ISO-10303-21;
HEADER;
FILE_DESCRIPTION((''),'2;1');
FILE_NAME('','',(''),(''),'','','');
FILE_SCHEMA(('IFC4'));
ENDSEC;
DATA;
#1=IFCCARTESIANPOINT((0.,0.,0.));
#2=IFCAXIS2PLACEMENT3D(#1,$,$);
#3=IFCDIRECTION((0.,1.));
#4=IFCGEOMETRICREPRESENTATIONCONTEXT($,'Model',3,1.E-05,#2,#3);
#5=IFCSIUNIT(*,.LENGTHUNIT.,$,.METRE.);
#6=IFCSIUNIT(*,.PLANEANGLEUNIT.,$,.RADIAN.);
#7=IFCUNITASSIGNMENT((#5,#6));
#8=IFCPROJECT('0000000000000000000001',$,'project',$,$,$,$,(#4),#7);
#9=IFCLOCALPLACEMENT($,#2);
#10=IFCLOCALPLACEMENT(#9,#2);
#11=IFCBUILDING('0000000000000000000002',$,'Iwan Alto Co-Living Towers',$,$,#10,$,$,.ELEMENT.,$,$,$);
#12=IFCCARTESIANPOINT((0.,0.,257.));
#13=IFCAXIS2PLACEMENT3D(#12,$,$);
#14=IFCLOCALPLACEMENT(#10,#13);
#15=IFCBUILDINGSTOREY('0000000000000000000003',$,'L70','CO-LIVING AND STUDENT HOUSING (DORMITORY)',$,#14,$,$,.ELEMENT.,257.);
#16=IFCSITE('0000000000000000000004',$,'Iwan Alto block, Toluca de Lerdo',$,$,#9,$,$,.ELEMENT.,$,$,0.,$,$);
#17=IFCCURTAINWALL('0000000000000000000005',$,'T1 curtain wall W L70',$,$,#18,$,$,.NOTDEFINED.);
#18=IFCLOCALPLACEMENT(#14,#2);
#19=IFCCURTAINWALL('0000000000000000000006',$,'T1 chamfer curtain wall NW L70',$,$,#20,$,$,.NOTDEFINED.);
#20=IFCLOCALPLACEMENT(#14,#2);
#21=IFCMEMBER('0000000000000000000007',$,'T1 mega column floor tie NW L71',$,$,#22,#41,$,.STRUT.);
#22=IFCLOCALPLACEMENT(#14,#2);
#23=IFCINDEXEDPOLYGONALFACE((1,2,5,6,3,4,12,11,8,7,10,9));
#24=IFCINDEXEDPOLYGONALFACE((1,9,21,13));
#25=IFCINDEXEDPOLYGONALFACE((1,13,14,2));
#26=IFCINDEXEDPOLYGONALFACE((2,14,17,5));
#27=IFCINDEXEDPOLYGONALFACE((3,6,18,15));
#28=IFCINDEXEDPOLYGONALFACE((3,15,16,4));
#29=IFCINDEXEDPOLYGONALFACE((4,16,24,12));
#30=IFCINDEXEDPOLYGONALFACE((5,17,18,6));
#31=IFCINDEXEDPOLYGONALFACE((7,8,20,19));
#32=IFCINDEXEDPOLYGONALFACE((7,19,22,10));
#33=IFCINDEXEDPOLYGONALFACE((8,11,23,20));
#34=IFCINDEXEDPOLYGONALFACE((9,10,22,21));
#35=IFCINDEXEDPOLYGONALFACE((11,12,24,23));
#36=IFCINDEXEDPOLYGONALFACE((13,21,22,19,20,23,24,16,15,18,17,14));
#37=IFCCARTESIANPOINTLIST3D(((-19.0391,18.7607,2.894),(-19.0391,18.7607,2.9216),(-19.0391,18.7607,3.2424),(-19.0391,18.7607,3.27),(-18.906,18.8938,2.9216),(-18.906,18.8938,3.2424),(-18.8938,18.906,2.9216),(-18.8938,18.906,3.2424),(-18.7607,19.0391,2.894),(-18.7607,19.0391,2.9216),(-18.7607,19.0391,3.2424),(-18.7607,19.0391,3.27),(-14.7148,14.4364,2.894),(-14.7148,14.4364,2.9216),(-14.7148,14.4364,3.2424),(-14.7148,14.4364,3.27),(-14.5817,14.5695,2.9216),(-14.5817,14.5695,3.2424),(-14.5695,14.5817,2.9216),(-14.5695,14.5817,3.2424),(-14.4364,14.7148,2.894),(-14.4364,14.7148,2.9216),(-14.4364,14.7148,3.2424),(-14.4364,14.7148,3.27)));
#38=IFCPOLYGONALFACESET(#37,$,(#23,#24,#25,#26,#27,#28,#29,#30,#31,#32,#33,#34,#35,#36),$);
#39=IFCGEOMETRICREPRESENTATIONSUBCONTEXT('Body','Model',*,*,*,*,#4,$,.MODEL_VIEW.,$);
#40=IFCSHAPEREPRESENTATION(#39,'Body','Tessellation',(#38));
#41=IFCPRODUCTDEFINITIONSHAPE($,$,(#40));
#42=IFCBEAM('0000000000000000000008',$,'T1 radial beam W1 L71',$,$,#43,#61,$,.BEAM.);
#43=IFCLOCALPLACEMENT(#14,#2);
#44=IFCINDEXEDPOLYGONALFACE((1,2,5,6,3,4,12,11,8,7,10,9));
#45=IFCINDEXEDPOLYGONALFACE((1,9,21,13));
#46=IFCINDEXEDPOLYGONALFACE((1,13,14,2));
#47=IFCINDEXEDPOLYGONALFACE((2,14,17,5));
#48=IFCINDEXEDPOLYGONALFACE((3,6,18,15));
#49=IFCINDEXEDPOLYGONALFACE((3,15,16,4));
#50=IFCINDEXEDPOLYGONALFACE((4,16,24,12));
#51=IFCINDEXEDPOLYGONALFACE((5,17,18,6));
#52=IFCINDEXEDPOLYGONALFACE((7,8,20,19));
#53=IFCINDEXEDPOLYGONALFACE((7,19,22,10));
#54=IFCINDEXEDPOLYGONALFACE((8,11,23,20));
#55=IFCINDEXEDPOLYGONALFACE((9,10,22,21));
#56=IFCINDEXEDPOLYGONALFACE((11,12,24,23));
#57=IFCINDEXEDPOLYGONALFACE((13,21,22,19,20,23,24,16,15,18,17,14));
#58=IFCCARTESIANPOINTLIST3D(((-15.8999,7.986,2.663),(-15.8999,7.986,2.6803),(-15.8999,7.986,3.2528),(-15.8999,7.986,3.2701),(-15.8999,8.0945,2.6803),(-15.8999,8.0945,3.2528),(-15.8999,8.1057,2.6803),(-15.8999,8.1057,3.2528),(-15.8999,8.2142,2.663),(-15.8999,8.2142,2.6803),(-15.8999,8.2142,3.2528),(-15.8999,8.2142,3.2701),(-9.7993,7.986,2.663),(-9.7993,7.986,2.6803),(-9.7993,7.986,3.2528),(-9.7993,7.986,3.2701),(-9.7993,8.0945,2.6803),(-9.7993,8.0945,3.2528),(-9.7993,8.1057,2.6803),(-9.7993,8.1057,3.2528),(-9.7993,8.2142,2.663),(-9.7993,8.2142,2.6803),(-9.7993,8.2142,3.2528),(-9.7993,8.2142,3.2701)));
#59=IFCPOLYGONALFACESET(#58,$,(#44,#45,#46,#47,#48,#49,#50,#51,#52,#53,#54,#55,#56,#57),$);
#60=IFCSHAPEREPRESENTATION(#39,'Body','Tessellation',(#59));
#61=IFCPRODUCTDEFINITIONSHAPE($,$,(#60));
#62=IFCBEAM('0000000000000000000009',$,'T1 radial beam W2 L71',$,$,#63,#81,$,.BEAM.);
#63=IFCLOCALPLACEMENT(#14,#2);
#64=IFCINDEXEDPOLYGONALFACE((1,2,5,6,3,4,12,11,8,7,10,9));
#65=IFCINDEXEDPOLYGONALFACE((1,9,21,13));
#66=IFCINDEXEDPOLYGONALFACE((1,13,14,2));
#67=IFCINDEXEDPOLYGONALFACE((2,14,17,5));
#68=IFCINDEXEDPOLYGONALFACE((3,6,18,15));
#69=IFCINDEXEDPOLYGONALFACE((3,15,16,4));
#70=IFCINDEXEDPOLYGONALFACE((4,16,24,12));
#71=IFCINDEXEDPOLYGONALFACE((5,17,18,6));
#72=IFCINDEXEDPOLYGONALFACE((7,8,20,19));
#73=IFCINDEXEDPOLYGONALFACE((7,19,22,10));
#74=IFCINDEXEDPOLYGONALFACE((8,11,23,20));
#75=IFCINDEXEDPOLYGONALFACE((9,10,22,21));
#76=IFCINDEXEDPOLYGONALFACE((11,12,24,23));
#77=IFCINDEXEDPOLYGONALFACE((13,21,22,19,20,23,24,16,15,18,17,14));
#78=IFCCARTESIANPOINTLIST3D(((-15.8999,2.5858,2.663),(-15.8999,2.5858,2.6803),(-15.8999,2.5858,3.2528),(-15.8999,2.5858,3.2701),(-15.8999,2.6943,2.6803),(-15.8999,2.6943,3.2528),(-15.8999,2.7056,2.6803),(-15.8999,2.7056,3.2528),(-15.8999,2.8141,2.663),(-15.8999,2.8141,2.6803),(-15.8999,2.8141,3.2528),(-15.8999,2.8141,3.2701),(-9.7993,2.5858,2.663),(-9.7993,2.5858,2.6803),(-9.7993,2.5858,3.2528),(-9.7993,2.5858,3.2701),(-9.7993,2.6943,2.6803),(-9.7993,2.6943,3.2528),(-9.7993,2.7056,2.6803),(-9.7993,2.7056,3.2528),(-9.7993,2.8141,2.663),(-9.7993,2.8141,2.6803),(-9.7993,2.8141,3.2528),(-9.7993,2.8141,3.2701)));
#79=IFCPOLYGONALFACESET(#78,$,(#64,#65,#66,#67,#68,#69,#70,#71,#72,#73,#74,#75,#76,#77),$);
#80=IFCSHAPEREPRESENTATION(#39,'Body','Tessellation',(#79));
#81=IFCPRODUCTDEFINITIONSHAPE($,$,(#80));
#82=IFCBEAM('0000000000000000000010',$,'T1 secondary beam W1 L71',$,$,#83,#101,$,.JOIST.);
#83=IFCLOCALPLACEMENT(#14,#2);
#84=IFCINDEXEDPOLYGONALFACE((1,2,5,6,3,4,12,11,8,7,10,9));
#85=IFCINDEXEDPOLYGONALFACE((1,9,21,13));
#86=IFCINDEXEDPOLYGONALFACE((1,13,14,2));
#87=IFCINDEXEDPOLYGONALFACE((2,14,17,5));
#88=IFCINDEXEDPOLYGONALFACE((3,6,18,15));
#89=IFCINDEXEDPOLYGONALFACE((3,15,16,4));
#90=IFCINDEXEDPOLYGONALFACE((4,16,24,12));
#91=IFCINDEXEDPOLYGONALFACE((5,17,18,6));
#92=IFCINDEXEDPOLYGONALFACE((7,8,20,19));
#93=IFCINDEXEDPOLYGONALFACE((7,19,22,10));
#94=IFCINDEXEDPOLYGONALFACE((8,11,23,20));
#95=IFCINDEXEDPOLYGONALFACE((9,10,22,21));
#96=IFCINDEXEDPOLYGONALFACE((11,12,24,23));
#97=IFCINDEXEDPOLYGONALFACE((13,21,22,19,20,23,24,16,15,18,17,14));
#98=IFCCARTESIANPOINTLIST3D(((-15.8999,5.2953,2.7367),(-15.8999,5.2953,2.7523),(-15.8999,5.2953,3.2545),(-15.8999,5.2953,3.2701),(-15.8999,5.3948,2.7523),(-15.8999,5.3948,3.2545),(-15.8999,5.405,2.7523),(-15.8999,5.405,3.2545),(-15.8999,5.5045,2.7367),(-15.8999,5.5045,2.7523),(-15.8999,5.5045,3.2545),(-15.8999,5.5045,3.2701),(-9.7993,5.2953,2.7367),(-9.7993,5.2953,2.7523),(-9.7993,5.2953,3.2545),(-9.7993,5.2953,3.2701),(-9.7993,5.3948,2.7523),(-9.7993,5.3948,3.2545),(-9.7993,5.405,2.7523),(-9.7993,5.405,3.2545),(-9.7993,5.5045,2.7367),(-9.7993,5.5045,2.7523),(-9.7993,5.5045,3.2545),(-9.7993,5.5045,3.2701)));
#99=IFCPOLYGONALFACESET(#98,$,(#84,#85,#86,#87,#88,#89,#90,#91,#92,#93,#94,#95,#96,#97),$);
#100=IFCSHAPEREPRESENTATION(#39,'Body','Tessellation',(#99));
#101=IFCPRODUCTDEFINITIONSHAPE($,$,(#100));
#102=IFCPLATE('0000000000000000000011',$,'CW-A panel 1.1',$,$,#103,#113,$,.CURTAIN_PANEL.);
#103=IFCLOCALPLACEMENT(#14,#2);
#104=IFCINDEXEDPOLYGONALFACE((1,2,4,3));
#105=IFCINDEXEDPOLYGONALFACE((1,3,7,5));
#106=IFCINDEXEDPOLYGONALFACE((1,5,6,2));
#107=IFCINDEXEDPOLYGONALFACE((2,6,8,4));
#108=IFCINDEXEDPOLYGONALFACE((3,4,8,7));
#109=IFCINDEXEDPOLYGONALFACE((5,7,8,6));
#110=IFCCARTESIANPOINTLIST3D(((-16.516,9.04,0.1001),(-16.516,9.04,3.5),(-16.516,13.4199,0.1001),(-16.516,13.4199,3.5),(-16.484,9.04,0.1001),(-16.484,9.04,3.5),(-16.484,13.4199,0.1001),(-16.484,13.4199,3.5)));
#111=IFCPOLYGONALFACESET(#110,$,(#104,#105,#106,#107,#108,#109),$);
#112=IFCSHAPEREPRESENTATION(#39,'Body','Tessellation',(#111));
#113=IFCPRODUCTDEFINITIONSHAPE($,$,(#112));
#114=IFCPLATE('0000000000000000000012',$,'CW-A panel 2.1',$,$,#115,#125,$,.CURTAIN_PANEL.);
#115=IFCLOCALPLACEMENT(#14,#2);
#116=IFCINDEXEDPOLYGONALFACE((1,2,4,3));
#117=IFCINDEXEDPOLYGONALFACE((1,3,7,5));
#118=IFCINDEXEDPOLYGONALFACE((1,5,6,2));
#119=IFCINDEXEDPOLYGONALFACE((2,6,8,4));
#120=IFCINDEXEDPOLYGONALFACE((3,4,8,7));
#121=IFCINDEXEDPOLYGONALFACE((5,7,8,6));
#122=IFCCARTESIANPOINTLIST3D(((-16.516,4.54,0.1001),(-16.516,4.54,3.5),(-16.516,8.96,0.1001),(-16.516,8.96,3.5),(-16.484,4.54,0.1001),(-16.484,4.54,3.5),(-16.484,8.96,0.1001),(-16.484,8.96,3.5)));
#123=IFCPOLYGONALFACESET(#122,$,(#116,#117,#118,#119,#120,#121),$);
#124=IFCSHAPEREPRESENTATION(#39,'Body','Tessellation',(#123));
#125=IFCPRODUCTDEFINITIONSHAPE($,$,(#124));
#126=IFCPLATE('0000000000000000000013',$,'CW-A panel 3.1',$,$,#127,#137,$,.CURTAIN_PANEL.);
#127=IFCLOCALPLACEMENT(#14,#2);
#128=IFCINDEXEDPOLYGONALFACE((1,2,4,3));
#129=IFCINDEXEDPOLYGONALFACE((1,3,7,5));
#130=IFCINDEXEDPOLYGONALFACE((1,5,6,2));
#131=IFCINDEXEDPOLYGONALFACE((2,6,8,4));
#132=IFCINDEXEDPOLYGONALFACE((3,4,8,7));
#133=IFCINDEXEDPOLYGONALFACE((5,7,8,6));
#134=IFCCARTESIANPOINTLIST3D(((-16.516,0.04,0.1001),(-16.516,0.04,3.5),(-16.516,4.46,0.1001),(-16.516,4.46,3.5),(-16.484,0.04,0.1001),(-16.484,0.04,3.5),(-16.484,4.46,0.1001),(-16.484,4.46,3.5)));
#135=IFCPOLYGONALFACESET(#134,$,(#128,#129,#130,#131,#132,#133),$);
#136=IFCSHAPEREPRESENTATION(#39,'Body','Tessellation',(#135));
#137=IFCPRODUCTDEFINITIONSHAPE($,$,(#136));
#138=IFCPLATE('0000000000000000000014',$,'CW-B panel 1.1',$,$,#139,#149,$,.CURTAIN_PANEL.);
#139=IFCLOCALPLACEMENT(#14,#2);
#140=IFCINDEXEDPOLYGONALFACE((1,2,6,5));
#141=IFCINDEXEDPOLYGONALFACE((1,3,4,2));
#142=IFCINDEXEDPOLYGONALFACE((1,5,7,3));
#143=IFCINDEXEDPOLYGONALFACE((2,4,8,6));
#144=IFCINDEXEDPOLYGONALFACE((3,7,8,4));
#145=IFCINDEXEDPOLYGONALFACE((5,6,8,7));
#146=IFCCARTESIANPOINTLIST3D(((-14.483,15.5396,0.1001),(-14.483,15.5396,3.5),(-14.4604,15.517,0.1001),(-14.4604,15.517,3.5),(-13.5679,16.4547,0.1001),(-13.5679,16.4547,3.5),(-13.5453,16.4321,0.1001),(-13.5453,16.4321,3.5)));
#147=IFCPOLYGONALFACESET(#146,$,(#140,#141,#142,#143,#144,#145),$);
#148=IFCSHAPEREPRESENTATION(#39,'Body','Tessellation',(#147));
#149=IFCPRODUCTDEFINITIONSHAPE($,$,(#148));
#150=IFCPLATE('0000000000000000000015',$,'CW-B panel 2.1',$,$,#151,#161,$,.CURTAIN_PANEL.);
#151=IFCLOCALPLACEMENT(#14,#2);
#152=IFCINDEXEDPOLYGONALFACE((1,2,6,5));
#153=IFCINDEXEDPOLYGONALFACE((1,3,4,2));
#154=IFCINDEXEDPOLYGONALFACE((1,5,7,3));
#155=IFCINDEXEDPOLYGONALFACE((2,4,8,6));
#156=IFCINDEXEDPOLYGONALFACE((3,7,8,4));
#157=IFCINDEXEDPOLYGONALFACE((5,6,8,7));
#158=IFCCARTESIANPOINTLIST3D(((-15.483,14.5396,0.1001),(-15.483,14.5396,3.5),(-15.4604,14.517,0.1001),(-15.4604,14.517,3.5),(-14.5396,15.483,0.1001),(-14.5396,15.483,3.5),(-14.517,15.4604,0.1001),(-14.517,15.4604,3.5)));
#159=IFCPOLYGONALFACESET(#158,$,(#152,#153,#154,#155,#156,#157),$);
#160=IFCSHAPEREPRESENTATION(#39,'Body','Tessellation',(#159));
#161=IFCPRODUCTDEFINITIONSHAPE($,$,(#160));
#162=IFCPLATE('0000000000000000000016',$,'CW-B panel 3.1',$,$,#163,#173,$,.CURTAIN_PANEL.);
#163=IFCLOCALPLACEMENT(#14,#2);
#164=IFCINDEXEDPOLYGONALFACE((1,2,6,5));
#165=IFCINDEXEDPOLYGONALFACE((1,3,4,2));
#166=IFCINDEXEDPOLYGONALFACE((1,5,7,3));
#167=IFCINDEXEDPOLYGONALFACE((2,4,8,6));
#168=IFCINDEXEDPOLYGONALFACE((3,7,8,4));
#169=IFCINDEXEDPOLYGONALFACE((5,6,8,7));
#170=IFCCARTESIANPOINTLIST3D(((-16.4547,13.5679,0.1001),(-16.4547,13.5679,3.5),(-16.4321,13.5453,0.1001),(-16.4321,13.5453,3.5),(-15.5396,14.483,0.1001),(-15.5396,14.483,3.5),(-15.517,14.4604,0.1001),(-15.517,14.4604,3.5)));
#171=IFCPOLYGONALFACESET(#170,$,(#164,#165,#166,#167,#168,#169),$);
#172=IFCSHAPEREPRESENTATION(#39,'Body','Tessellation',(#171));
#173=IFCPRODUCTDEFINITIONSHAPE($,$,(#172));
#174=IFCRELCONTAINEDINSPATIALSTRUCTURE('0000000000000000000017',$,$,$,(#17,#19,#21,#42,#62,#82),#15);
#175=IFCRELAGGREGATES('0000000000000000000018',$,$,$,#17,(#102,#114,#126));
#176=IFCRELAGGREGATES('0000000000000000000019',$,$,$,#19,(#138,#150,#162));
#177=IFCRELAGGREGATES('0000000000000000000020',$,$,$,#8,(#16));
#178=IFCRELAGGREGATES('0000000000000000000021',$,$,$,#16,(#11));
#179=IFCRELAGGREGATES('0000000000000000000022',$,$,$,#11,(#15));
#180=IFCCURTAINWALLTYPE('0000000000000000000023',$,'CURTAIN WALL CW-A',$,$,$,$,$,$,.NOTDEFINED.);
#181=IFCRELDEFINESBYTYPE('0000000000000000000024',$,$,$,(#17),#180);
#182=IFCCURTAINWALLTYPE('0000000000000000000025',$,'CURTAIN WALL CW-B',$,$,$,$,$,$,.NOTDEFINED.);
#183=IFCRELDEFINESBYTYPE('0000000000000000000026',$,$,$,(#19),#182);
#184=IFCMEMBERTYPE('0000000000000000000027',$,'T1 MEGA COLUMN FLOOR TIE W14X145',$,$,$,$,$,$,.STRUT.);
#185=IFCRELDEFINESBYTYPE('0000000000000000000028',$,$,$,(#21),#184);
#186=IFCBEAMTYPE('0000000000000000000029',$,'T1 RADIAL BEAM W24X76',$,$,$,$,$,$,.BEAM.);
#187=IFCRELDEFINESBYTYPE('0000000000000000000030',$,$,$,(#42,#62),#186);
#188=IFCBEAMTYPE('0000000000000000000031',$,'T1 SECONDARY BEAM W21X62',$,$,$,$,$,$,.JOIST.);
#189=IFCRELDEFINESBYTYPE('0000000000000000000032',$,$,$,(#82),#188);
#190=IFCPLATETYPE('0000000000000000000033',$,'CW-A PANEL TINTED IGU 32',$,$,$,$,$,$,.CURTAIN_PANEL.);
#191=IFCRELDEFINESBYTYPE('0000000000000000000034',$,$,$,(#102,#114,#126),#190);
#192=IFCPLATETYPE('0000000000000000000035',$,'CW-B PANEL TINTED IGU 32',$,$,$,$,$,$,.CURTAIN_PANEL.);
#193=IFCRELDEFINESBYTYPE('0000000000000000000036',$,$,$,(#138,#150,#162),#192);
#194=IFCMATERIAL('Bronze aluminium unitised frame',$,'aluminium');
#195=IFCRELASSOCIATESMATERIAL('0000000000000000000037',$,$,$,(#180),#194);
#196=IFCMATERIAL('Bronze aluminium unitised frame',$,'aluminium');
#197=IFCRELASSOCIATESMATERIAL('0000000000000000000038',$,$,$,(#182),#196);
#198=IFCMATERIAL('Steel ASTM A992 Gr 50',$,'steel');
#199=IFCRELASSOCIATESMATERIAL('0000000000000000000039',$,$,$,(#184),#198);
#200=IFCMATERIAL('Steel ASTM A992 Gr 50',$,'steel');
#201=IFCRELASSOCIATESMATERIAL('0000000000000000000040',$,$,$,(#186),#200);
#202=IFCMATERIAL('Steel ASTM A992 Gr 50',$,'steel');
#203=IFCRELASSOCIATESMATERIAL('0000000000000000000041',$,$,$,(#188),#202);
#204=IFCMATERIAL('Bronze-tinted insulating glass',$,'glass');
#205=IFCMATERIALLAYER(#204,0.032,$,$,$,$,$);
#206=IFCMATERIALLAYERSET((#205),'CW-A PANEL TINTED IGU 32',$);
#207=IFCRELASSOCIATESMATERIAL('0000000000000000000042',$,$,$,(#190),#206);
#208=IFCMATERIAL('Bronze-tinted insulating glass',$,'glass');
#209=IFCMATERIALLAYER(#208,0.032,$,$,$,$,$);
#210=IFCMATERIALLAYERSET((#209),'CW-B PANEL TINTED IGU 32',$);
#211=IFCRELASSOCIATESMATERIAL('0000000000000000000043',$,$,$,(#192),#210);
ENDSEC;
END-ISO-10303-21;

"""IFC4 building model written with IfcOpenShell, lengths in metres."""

from ifc_helpers import new_model, si_unit, direction, frame, origin, origin_2d, place, context, subcontext, project, spatial, rectangle, i_section, extrude, material, layer, layer_set, material_profile, profile_set, type_object, element, aggregate, save


model = new_model("IFC4")

# Units and contexts
model_context = context("Model", 3, precision=1e-05, world=origin(), true_north=direction((0.0, 1.0)))
body_context = subcontext(model_context, "Body", "Model", "MODEL_VIEW")
ifc_project = project(units=[si_unit("LENGTHUNIT", "METRE"), si_unit("PLANEANGLEUNIT", "RADIAN")], contexts=[model_context])

# Site, building, storey
site_placement = place(None, origin())
site = spatial("IfcSite", under=ifc_project, at=site_placement, Name="Iwan Alto block, Toluca de Lerdo", CompositionType="ELEMENT", RefElevation=0.0)
building_placement = place(site_placement, origin())
building = spatial("IfcBuilding", under=site, at=building_placement, Name="Iwan Alto Co-Living Towers", CompositionType="ELEMENT")
storey_placement = place(building_placement, frame((0.0, 0.0, 257.0)))
storey = spatial("IfcBuildingStorey", under=building, at=storey_placement, Name="L70", Description="CO-LIVING AND STUDENT HOUSING (DORMITORY)", CompositionType="ELEMENT", Elevation=257.0)

# Curtain walls
ifc_material_1 = material(Name="Bronze aluminium unitised frame", Category="aluminium")
curtain_wall_type_1 = type_object("IfcCurtainWallType", Name="CURTAIN WALL CW-A", PredefinedType="NOTDEFINED", material=ifc_material_1)
curtain_wall_1_placement = place(storey_placement, origin())
curtain_wall_1 = element("IfcCurtainWall", 1, at=curtain_wall_1_placement, inside=storey, type_object=curtain_wall_type_1, Name="T1 curtain wall W L70", PredefinedType="NOTDEFINED")
ifc_material_2 = material(Name="Bronze aluminium unitised frame", Category="aluminium")
curtain_wall_type_2 = type_object("IfcCurtainWallType", Name="CURTAIN WALL CW-B", PredefinedType="NOTDEFINED", material=ifc_material_2)
curtain_wall_2_placement = place(storey_placement, origin())
curtain_wall_2 = element("IfcCurtainWall", 2, at=curtain_wall_2_placement, inside=storey, type_object=curtain_wall_type_2, Name="T1 chamfer curtain wall NW L70", PredefinedType="NOTDEFINED")

# Member
ifc_material_3 = material(Name="Steel ASTM A992 Gr 50", Category="steel")
ifc_material_profile_1 = material_profile(ifc_material_3, i_section(OverallWidth=0.3938, OverallDepth=0.376, WebThickness=0.0173, FlangeThickness=0.0276, at=origin_2d()), Name="W14X145")
ifc_profile_set_1 = profile_set([ifc_material_profile_1], Name="Steel ASTM A992 Gr 50")
member_type_1 = type_object("IfcMemberType", Name="T1 MEGA COLUMN FLOOR TIE W14X145", PredefinedType="STRUT", material=ifc_profile_set_1)
member_1_placement = place(storey_placement, frame((-18.8999, 18.8999, 3.082), z_axis=(0.707107, -0.707107, 0.0), x_axis=(0.707107, 0.707107, 0.0)))
element("IfcMember", 3, at=member_1_placement, inside=storey, type_object=member_type_1, Name="T1 mega column floor tie NW L71", PredefinedType="STRUT", context=body_context, shape_type="SweptSolid", body=[
    extrude(i_section(OverallWidth=0.3938, OverallDepth=0.376, WebThickness=0.0173, FlangeThickness=0.0276, at=origin_2d()), origin(), (0.0, 0.0, 1.0), 6.1155),
])

# Beams
ifc_material_4 = material(Name="Steel ASTM A992 Gr 50", Category="steel")
ifc_material_profile_2 = material_profile(ifc_material_4, i_section(OverallWidth=0.2283, OverallDepth=0.6072, WebThickness=0.0112, FlangeThickness=0.0173, at=origin_2d()), Name="W24X76")
ifc_profile_set_2 = profile_set([ifc_material_profile_2], Name="Steel ASTM A992 Gr 50")
beam_type_1 = type_object("IfcBeamType", Name="T1 RADIAL BEAM W24X76", PredefinedType="BEAM", material=ifc_profile_set_2)
for number, where, z_axis, x_axis, name in (
    (4, (-15.8999, 8.1001, 2.9666), (1.0, 0.0, 0.0), (0.0, 1.0, 0.0), "T1 radial beam W1 L71"),
    (5, (-15.8999, 2.7, 2.9666), (1.0, 0.0, 0.0), (0.0, 1.0, 0.0), "T1 radial beam W2 L71"),
):
    element("IfcBeam", number, at=place(storey_placement, frame(where, z_axis=z_axis, x_axis=x_axis)), inside=storey, type_object=beam_type_1, Name=name, PredefinedType="BEAM", context=body_context, shape_type="SweptSolid", body=[
        extrude(i_section(OverallWidth=0.2283, OverallDepth=0.6072, WebThickness=0.0112, FlangeThickness=0.0173, at=origin_2d()), origin(), (0.0, 0.0, 1.0), 6.1006),
    ])
ifc_material_5 = material(Name="Steel ASTM A992 Gr 50", Category="steel")
ifc_material_profile_3 = material_profile(ifc_material_5, i_section(OverallWidth=0.2092, OverallDepth=0.5334, WebThickness=0.0103, FlangeThickness=0.0156, at=origin_2d()), Name="W21X62")
ifc_profile_set_3 = profile_set([ifc_material_profile_3], Name="Steel ASTM A992 Gr 50")
beam_type_2 = type_object("IfcBeamType", Name="T1 SECONDARY BEAM W21X62", PredefinedType="JOIST", material=ifc_profile_set_3)
beam_1_placement = place(storey_placement, frame((-15.8999, 5.3999, 3.0034), z_axis=(1.0, 0.0, 0.0), x_axis=(0.0, 1.0, 0.0)))
element("IfcBeam", 6, at=beam_1_placement, inside=storey, type_object=beam_type_2, Name="T1 secondary beam W1 L71", PredefinedType="JOIST", context=body_context, shape_type="SweptSolid", body=[
    extrude(i_section(OverallWidth=0.2092, OverallDepth=0.5334, WebThickness=0.0103, FlangeThickness=0.0156, at=origin_2d()), origin(), (0.0, 0.0, 1.0), 6.1006),
])

# Plates
ifc_material_6 = material(Name="Bronze-tinted insulating glass", Category="glass")
ifc_layer_1 = layer(ifc_material_6, 0.032)
ifc_layer_set_1 = layer_set([ifc_layer_1], Name="CW-A PANEL TINTED IGU 32")
plate_type_1 = type_object("IfcPlateType", Name="CW-A PANEL TINTED IGU 32", PredefinedType="CURTAIN_PANEL", material=ifc_layer_set_1)
plate_1_placement = place(storey_placement, frame((-16.5, 11.23, 0.1001), z_axis=(0.0, 0.0, 1.0), x_axis=(0.0, -1.0, 0.0)))
plate_1 = element("IfcPlate", 7, at=plate_1_placement, type_object=plate_type_1, Name="CW-A panel 1.1", PredefinedType="CURTAIN_PANEL", context=body_context, shape_type="SweptSolid", body=[
    extrude(rectangle(XDim=4.3799, YDim=0.032, at=origin_2d()), origin(), (0.0, 0.0, 1.0), 3.3999),
])
plate_2_placement = place(storey_placement, frame((-16.5, 6.75, 0.1001), z_axis=(0.0, 0.0, 1.0), x_axis=(0.0, -1.0, 0.0)))
plate_2 = element("IfcPlate", 8, at=plate_2_placement, type_object=plate_type_1, Name="CW-A panel 2.1", PredefinedType="CURTAIN_PANEL", context=body_context, shape_type="SweptSolid", body=[
    extrude(rectangle(XDim=4.4199, YDim=0.032, at=origin_2d()), origin(), (0.0, 0.0, 1.0), 3.3999),
])
plate_3_placement = place(storey_placement, frame((-16.5, 2.25, 0.1001), z_axis=(0.0, 0.0, 1.0), x_axis=(0.0, -1.0, 0.0)))
plate_3 = element("IfcPlate", 9, at=plate_3_placement, type_object=plate_type_1, Name="CW-A panel 3.1", PredefinedType="CURTAIN_PANEL", context=body_context, shape_type="SweptSolid", body=[
    extrude(rectangle(XDim=4.4199, YDim=0.032, at=origin_2d()), origin(), (0.0, 0.0, 1.0), 3.3999),
])
aggregate(curtain_wall_1, [plate_1, plate_2, plate_3])
ifc_material_7 = material(Name="Bronze-tinted insulating glass", Category="glass")
ifc_layer_2 = layer(ifc_material_7, 0.032)
ifc_layer_set_2 = layer_set([ifc_layer_2], Name="CW-B PANEL TINTED IGU 32")
plate_type_2 = type_object("IfcPlateType", Name="CW-B PANEL TINTED IGU 32", PredefinedType="CURTAIN_PANEL", material=ifc_layer_set_2)
plate_4_placement = place(storey_placement, frame((-14.0142, 15.9858, 0.1001), z_axis=(0.0, 0.0, 1.0), x_axis=(-0.707107, -0.707107, 0.0)))
plate_4 = element("IfcPlate", 10, at=plate_4_placement, type_object=plate_type_2, Name="CW-B panel 1.1", PredefinedType="CURTAIN_PANEL", context=body_context, shape_type="SweptSolid", body=[
    extrude(rectangle(XDim=1.2942, YDim=0.032, at=origin_2d()), origin(), (0.0, 0.0, 1.0), 3.3999),
])
plate_5_placement = place(storey_placement, frame((-15.0, 15.0, 0.1001), z_axis=(0.0, 0.0, 1.0), x_axis=(-0.707107, -0.707107, 0.0)))
plate_5 = element("IfcPlate", 11, at=plate_5_placement, type_object=plate_type_2, Name="CW-B panel 2.1", PredefinedType="CURTAIN_PANEL", context=body_context, shape_type="SweptSolid", body=[
    extrude(rectangle(XDim=1.3342, YDim=0.032, at=origin_2d()), origin(), (0.0, 0.0, 1.0), 3.3999),
])
plate_6_placement = place(storey_placement, frame((-15.9858, 14.0142, 0.1001), z_axis=(0.0, 0.0, 1.0), x_axis=(-0.707107, -0.707107, 0.0)))
plate_6 = element("IfcPlate", 12, at=plate_6_placement, type_object=plate_type_2, Name="CW-B panel 3.1", PredefinedType="CURTAIN_PANEL", context=body_context, shape_type="SweptSolid", body=[
    extrude(rectangle(XDim=1.2942, YDim=0.032, at=origin_2d()), origin(), (0.0, 0.0, 1.0), 3.3999),
])
aggregate(curtain_wall_2, [plate_4, plate_5, plate_6])

save(model, "model.ifc")
